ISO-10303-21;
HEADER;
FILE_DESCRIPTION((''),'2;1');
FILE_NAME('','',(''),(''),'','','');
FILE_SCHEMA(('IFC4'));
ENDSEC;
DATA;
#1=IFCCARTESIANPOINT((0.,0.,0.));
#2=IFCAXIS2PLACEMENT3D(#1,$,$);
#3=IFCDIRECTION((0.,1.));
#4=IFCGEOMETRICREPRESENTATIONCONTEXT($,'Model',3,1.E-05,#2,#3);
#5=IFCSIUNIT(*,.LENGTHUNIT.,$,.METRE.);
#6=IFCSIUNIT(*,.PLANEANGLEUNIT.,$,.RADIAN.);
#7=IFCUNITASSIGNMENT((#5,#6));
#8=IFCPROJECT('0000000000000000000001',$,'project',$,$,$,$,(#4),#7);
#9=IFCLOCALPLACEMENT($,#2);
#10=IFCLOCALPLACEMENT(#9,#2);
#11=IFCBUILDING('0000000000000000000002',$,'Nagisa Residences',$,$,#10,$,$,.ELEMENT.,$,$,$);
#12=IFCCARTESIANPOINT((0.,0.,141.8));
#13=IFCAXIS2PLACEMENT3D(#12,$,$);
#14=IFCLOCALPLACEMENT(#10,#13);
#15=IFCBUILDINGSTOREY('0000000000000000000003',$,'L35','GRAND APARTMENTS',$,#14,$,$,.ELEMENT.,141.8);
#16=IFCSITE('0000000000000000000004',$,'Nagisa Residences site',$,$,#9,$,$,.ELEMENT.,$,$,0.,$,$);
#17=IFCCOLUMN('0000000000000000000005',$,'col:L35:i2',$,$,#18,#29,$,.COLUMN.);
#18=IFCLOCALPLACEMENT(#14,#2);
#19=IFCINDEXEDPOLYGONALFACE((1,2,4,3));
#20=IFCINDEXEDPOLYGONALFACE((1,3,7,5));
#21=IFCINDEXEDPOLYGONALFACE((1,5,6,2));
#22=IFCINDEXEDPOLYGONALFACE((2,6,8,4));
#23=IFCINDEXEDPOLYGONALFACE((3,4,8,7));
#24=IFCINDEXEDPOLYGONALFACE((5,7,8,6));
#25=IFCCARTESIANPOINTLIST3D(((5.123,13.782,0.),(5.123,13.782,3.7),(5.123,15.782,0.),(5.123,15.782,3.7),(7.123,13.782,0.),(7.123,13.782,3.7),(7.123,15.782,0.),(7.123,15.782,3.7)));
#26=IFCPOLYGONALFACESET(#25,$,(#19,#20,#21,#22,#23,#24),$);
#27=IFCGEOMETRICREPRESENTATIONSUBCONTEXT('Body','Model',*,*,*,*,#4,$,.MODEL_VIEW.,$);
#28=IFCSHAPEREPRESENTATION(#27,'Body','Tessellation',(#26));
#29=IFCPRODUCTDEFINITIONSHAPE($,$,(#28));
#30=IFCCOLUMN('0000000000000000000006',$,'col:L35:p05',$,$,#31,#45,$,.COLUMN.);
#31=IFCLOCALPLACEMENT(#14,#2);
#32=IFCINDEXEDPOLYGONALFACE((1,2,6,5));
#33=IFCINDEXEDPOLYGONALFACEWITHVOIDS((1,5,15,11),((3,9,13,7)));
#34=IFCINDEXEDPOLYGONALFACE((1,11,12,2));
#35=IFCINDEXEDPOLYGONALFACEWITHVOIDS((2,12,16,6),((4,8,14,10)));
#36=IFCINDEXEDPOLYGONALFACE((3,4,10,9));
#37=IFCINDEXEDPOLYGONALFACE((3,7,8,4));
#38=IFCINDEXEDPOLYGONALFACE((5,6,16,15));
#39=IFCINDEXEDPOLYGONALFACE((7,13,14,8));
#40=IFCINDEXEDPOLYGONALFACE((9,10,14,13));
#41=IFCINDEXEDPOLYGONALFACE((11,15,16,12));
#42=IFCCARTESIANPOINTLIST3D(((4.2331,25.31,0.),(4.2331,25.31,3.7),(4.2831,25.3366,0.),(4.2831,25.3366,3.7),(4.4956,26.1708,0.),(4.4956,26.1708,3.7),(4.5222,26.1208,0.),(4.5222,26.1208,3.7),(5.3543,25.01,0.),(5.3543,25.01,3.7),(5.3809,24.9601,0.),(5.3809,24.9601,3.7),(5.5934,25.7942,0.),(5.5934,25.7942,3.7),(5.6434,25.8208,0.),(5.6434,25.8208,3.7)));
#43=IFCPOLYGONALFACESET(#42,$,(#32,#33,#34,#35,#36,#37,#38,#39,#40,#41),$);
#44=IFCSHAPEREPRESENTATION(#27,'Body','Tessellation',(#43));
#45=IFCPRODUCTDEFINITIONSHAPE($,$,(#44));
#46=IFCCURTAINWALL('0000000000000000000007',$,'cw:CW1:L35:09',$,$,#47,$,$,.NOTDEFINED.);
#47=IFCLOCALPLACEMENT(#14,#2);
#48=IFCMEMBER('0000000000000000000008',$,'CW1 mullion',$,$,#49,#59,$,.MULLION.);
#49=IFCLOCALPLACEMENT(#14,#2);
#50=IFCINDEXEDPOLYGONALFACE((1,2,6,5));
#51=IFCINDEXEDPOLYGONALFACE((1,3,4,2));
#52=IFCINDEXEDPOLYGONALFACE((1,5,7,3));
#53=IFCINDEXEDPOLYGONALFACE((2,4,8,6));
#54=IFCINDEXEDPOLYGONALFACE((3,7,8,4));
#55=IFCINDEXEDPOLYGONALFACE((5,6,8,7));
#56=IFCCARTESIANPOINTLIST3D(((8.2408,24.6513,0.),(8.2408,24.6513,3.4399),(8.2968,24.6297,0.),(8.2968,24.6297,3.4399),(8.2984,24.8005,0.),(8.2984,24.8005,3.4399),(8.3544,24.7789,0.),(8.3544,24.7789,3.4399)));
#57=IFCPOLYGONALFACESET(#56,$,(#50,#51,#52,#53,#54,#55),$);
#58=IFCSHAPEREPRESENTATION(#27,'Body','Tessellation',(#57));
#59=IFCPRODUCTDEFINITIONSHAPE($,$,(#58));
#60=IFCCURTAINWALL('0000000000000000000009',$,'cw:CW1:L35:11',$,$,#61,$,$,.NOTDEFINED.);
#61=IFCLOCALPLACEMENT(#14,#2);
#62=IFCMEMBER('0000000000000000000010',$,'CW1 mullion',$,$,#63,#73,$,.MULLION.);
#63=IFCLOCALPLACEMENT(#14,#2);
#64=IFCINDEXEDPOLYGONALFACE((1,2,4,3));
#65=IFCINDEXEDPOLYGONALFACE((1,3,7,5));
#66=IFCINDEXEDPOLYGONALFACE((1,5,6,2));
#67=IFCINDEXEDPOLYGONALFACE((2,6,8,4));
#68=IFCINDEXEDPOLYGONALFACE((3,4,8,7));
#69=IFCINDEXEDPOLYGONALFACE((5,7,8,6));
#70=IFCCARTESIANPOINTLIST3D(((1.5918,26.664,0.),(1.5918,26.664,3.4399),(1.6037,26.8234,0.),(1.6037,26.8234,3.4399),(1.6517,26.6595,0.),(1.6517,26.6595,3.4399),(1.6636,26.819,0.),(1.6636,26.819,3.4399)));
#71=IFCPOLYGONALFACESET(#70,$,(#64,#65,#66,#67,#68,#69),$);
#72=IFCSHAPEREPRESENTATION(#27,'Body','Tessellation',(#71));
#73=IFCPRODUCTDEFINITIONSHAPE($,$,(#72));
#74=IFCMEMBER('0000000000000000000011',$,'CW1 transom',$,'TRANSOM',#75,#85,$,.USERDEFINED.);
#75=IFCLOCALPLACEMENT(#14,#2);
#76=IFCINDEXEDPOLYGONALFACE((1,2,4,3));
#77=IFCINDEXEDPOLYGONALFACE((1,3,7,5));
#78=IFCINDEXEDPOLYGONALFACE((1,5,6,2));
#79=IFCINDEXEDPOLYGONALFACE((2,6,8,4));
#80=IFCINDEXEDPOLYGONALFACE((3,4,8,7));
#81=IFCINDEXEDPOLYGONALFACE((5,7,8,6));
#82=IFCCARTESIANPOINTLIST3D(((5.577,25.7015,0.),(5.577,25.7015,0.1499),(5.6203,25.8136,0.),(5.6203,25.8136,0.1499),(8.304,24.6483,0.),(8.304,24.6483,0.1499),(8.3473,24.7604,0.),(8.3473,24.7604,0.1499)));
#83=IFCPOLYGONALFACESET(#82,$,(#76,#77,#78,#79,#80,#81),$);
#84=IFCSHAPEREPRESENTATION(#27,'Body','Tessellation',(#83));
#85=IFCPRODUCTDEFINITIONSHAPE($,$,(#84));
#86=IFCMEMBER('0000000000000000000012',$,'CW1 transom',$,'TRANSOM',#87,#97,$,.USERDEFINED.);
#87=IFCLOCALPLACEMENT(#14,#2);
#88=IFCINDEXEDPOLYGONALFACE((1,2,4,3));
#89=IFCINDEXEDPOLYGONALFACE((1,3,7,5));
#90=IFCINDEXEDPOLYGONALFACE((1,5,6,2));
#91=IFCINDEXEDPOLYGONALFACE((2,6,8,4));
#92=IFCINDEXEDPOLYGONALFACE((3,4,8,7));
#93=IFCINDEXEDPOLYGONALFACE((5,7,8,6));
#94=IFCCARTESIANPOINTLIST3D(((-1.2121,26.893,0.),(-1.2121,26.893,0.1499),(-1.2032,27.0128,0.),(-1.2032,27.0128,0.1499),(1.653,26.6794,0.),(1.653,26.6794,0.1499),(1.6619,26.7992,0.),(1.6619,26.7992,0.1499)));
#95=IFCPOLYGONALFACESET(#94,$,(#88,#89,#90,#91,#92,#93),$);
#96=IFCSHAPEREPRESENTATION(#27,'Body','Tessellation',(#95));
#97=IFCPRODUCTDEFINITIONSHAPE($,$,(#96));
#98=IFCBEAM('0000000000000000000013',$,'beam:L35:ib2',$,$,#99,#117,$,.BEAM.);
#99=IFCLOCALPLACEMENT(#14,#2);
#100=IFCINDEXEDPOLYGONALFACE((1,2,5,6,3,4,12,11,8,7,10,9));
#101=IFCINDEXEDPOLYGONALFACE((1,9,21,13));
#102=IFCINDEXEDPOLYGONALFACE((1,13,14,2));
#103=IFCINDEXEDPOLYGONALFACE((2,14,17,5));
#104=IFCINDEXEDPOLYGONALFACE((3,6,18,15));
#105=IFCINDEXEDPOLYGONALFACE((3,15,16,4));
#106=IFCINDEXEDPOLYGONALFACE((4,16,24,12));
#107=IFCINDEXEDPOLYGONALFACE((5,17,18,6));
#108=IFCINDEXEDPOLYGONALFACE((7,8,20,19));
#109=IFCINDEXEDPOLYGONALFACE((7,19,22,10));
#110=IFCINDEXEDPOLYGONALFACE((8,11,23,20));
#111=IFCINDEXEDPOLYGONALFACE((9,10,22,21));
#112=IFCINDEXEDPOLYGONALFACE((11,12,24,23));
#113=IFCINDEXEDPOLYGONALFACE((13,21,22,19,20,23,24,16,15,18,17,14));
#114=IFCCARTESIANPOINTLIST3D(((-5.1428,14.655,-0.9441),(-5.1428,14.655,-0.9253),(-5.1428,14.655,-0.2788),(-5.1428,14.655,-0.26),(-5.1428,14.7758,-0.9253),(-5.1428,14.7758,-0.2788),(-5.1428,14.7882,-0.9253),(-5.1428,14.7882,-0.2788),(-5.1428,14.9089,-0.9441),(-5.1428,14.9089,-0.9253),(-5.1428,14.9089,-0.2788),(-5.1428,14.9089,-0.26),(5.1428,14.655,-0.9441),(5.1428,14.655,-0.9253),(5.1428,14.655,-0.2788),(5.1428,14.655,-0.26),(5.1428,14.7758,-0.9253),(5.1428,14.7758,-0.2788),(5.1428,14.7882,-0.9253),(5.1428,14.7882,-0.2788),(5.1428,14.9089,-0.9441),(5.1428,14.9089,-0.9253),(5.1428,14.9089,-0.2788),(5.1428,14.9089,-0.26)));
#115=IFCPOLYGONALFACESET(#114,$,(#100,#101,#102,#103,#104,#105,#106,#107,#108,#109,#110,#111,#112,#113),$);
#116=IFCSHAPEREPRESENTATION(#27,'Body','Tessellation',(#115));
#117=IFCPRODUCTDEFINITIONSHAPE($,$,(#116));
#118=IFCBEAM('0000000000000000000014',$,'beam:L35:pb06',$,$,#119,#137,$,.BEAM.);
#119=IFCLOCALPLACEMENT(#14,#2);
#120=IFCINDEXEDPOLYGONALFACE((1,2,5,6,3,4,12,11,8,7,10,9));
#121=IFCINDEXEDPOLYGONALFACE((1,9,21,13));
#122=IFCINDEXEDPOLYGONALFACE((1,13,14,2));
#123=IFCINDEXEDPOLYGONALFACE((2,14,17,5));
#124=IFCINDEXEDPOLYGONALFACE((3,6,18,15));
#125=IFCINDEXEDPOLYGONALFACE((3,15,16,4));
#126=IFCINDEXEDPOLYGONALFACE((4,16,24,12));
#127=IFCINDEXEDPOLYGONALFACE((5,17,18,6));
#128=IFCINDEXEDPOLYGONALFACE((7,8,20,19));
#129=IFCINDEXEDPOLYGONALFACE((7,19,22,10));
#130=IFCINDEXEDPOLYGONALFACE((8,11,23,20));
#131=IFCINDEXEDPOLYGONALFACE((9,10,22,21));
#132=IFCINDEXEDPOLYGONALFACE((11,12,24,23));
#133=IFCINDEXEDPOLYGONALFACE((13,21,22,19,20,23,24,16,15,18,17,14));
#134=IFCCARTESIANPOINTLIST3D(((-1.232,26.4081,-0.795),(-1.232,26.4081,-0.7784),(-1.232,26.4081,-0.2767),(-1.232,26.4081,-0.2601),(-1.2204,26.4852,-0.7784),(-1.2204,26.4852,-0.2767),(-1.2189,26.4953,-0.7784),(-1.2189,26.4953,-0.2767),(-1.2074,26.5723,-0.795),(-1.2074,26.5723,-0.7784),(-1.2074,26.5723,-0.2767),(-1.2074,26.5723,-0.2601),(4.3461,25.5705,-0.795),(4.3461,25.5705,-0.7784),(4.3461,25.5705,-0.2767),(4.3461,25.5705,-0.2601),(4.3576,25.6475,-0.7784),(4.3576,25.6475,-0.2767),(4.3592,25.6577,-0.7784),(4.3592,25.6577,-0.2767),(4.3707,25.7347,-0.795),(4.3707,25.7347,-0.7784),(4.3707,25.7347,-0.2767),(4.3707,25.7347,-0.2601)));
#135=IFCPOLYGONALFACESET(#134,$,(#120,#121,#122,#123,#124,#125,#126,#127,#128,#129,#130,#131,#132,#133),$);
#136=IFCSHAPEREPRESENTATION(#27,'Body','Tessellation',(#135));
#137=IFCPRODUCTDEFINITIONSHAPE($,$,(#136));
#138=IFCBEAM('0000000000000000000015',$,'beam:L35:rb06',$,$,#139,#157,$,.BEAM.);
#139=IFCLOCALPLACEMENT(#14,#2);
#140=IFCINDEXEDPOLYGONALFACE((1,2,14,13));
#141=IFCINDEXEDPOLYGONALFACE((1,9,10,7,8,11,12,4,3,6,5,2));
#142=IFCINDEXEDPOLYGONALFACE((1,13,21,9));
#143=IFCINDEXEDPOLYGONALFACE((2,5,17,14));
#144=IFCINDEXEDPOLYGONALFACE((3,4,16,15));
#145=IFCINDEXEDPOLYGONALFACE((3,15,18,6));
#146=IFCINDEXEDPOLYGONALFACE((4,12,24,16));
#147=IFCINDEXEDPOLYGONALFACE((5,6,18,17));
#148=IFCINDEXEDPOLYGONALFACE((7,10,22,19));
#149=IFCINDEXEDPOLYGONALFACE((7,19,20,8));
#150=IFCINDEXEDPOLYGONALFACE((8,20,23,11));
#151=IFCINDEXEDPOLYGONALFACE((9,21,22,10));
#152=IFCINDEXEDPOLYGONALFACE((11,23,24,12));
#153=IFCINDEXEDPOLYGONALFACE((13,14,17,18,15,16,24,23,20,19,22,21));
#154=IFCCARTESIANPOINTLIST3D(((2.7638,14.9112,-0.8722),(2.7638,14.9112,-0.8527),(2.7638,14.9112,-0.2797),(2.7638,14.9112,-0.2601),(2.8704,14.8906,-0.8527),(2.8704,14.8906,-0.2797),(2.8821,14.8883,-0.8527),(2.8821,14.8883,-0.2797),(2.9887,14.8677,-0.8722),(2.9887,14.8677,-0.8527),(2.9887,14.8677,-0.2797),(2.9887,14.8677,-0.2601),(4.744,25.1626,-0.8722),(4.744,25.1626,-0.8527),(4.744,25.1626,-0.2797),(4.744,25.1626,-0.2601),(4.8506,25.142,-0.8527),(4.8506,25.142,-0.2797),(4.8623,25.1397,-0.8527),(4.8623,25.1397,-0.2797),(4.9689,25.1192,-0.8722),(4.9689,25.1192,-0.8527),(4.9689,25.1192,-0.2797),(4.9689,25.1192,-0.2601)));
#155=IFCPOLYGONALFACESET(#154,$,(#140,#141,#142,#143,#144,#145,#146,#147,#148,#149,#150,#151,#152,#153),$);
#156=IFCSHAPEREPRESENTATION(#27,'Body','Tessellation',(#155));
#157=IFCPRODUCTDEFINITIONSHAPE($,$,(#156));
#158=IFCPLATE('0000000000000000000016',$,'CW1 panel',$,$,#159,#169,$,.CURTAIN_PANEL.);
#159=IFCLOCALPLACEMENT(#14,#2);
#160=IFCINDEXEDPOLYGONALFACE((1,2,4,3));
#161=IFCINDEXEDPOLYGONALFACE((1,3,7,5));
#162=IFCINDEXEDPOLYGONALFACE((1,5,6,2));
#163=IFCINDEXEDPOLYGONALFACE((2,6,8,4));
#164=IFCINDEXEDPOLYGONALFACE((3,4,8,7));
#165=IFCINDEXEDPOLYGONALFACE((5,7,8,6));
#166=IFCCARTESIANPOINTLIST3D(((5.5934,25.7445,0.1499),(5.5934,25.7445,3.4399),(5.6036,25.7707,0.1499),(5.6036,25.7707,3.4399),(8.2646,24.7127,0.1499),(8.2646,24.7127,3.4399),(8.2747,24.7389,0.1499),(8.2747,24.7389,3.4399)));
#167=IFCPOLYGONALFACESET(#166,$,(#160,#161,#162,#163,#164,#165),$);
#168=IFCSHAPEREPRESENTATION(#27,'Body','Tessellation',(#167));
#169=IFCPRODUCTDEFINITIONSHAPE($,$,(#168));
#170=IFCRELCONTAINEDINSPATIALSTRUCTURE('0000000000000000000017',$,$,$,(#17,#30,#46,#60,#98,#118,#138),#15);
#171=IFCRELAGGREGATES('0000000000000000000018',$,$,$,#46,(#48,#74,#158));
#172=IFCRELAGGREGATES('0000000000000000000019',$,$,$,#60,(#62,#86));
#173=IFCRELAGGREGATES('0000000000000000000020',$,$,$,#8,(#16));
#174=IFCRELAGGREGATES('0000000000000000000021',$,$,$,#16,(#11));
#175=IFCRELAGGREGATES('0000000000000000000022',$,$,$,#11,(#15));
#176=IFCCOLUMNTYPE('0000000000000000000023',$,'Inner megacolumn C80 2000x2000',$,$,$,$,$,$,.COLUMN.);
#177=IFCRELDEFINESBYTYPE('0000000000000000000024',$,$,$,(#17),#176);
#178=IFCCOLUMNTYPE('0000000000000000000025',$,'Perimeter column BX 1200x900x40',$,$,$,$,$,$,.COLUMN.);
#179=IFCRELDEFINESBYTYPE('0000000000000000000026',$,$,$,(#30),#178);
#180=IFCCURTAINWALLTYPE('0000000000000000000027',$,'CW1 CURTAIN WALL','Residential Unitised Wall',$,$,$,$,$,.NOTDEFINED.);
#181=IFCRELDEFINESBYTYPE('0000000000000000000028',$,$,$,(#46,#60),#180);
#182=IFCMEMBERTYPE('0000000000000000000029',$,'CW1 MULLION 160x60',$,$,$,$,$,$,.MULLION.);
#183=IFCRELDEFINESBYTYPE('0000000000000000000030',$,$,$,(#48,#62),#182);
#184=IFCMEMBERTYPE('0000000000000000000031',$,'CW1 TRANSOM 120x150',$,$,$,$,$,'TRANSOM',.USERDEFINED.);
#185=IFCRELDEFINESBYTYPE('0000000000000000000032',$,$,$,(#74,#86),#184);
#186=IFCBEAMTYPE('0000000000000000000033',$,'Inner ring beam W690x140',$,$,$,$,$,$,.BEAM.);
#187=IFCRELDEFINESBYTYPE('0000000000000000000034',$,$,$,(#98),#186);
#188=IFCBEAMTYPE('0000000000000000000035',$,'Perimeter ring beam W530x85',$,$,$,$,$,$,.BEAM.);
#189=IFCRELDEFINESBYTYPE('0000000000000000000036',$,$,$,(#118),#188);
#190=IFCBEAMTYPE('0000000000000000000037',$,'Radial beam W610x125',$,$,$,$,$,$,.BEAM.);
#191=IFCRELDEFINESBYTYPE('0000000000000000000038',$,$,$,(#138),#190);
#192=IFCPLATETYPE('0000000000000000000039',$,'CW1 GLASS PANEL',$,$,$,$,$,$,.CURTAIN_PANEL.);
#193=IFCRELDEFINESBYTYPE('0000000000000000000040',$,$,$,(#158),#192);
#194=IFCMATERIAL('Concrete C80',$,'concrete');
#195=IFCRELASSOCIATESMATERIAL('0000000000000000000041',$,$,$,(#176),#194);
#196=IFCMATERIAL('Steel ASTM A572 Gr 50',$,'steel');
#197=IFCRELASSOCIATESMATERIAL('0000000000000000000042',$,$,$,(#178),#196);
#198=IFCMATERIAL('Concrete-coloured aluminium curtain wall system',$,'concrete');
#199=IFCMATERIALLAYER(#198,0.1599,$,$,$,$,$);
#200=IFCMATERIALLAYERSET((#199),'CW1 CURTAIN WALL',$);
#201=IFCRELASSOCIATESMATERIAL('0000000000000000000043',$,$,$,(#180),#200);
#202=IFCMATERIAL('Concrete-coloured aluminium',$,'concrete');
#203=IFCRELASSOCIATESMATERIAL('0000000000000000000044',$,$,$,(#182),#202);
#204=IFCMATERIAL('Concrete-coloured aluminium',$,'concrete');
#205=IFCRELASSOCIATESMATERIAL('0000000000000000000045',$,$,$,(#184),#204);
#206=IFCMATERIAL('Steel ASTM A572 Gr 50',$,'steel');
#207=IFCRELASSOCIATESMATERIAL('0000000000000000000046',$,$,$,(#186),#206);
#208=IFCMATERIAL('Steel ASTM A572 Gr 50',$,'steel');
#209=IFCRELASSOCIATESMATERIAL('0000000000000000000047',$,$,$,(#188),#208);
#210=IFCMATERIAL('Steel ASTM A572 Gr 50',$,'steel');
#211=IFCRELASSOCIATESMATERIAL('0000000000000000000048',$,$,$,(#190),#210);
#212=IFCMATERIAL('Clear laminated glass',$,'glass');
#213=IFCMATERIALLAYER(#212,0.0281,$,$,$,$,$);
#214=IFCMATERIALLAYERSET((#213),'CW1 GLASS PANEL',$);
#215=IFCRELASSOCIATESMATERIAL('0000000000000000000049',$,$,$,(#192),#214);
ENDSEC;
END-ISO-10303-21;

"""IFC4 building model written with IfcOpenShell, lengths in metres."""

from ifc_helpers import new_model, si_unit, direction, frame, origin, origin_2d, place, context, subcontext, project, spatial, rectangle, hollow_rectangle, i_section, extrude, material, layer, layer_set, material_profile, profile_set, type_object, element, aggregate, save


model = new_model("IFC4")

# Units and contexts
model_context = context("Model", 3, precision=1e-05, world=origin(), true_north=direction((0.0, 1.0)))
body_context = subcontext(model_context, "Body", "Model", "MODEL_VIEW")
ifc_project = project(units=[si_unit("LENGTHUNIT", "METRE"), si_unit("PLANEANGLEUNIT", "RADIAN")], contexts=[model_context])

# Site, building, storey
site_placement = place(None, origin())
site = spatial("IfcSite", under=ifc_project, at=site_placement, Name="Nagisa Residences site", CompositionType="ELEMENT", RefElevation=0.0)
building_placement = place(site_placement, origin())
building = spatial("IfcBuilding", under=site, at=building_placement, Name="Nagisa Residences", CompositionType="ELEMENT")
storey_placement = place(building_placement, frame((0.0, 0.0, 141.8)))
storey = spatial("IfcBuildingStorey", under=building, at=storey_placement, Name="L35", Description="GRAND APARTMENTS", CompositionType="ELEMENT", Elevation=141.8)

# Columns
ifc_material_1 = material(Name="Concrete C80", Category="concrete")
ifc_material_profile_1 = material_profile(ifc_material_1, rectangle(XDim=2.0, YDim=2.0, at=origin_2d()), Name="C80 2000x2000")
ifc_profile_set_1 = profile_set([ifc_material_profile_1], Name="Concrete C80")
column_type_1 = type_object("IfcColumnType", Name="Inner megacolumn C80 2000x2000", PredefinedType="COLUMN", material=ifc_profile_set_1)
column_1_placement = place(storey_placement, frame((6.123, 14.782, 0.0), z_axis=(0.0, 0.0, 1.0), x_axis=(1.0, 0.0, 0.0)))
element("IfcColumn", 1, at=column_1_placement, inside=storey, type_object=column_type_1, Name="col:L35:i2", PredefinedType="COLUMN", context=body_context, shape_type="SweptSolid", body=[
    extrude(rectangle(XDim=2.0, YDim=2.0, at=origin_2d()), origin(), (0.0, 0.0, 1.0), 3.7),
])
ifc_material_2 = material(Name="Steel ASTM A572 Gr 50", Category="steel")
ifc_material_profile_2 = material_profile(ifc_material_2, hollow_rectangle(XDim=1.2, YDim=0.8999, WallThickness=0.04, at=origin_2d()), Name="BX 1200x900x40")
ifc_profile_set_2 = profile_set([ifc_material_profile_2], Name="Steel ASTM A572 Gr 50")
column_type_2 = type_object("IfcColumnType", Name="Perimeter column BX 1200x900x40", PredefinedType="COLUMN", material=ifc_profile_set_2)
column_2_placement = place(storey_placement, frame((4.9382, 25.5654, 0.0), z_axis=(0.0, 0.0, 1.0), x_axis=(-0.956525, 0.291652, 0.0)))
element("IfcColumn", 2, at=column_2_placement, inside=storey, type_object=column_type_2, Name="col:L35:p05", PredefinedType="COLUMN", context=body_context, shape_type="SweptSolid", body=[
    extrude(hollow_rectangle(XDim=1.2, YDim=0.8999, WallThickness=0.04, at=origin_2d()), origin(), (0.0, 0.0, 1.0), 3.7),
])

# Curtain walls, members
ifc_material_3 = material(Name="Concrete-coloured aluminium curtain wall system", Category="concrete")
ifc_layer_1 = layer(ifc_material_3, 0.1599)
ifc_layer_set_1 = layer_set([ifc_layer_1], Name="CW1 CURTAIN WALL")
curtain_wall_type = type_object("IfcCurtainWallType", Name="CW1 CURTAIN WALL", Description="Residential Unitised Wall", PredefinedType="NOTDEFINED", material=ifc_layer_set_1)
curtain_wall_1_placement = place(storey_placement, origin())
curtain_wall_1 = element("IfcCurtainWall", 3, at=curtain_wall_1_placement, inside=storey, type_object=curtain_wall_type, Name="cw:CW1:L35:09", PredefinedType="NOTDEFINED")
ifc_material_4 = material(Name="Concrete-coloured aluminium", Category="concrete")
ifc_material_profile_3 = material_profile(ifc_material_4, rectangle(XDim=0.1599, YDim=0.0601, at=origin_2d()), Name="CW1 MULLION 160x60")
ifc_profile_set_3 = profile_set([ifc_material_profile_3], Name="Concrete-coloured aluminium")
member_type_1 = type_object("IfcMemberType", Name="CW1 MULLION 160x60", PredefinedType="MULLION", material=ifc_profile_set_3)
member_1_placement = place(storey_placement, frame((8.2976, 24.7151, 0.0), z_axis=(0.0, 0.0, 1.0), x_axis=(-0.360328, -0.932826, 0.0)))
member_1 = element("IfcMember", 4, at=member_1_placement, type_object=member_type_1, Name="CW1 mullion", PredefinedType="MULLION", context=body_context, shape_type="SweptSolid", body=[
    extrude(rectangle(XDim=0.1599, YDim=0.0601, at=origin_2d()), origin(), (0.0, 0.0, 1.0), 3.4399),
])
curtain_wall_2_placement = place(storey_placement, origin())
curtain_wall_2 = element("IfcCurtainWall", 5, at=curtain_wall_2_placement, inside=storey, type_object=curtain_wall_type, Name="cw:CW1:L35:11", PredefinedType="NOTDEFINED")
member_2_placement = place(storey_placement, frame((1.6277, 26.7415, 0.0), z_axis=(0.0, 0.0, 1.0), x_axis=(-0.074377, -0.99723, 0.0)))
member_2 = element("IfcMember", 6, at=member_2_placement, type_object=member_type_1, Name="CW1 mullion", PredefinedType="MULLION", context=body_context, shape_type="SweptSolid", body=[
    extrude(rectangle(XDim=0.1599, YDim=0.0601, at=origin_2d()), origin(), (0.0, 0.0, 1.0), 3.4399),
])

# Members
ifc_material_5 = material(Name="Concrete-coloured aluminium", Category="concrete")
ifc_material_profile_4 = material_profile(ifc_material_5, rectangle(XDim=0.1201, YDim=0.1499, at=origin_2d()), Name="CW1 TRANSOM 120x150")
ifc_profile_set_4 = profile_set([ifc_material_profile_4], Name="Concrete-coloured aluminium")
member_type_2 = type_object("IfcMemberType", Name="CW1 TRANSOM 120x150", ElementType="TRANSOM", PredefinedType="USERDEFINED", material=ifc_profile_set_4)
member_3_placement = place(storey_placement, frame((8.3257, 24.7043, 0.075), z_axis=(-0.932845, 0.360277, 0.0), x_axis=(-0.360277, -0.932845, 0.0)))
member_3 = element("IfcMember", 7, at=member_3_placement, type_object=member_type_2, Name="CW1 transom", ObjectType="TRANSOM", PredefinedType="USERDEFINED", context=body_context, shape_type="SweptSolid", body=[
    extrude(rectangle(XDim=0.1201, YDim=0.1499, at=origin_2d()), origin(), (0.0, 0.0, 1.0), 2.9233),
])
member_4_placement = place(storey_placement, frame((1.6575, 26.7393, 0.075), z_axis=(-0.997232, 0.074357, 0.0), x_axis=(-0.074357, -0.997232, 0.0)))
member_4 = element("IfcMember", 8, at=member_4_placement, type_object=member_type_2, Name="CW1 transom", ObjectType="TRANSOM", PredefinedType="USERDEFINED", context=body_context, shape_type="SweptSolid", body=[
    extrude(rectangle(XDim=0.1201, YDim=0.1499, at=origin_2d()), origin(), (0.0, 0.0, 1.0), 2.873),
])

# Beams
ifc_material_6 = material(Name="Steel ASTM A572 Gr 50", Category="steel")
ifc_material_profile_5 = material_profile(ifc_material_6, i_section(OverallWidth=0.2539, OverallDepth=0.6841, WebThickness=0.0125, FlangeThickness=0.0188, at=origin_2d()), Name="W690x140")
ifc_profile_set_5 = profile_set([ifc_material_profile_5], Name="Steel ASTM A572 Gr 50")
beam_type_1 = type_object("IfcBeamType", Name="Inner ring beam W690x140", PredefinedType="BEAM", material=ifc_profile_set_5)
beam_1_placement = place(storey_placement, frame((5.1428, 14.782, -0.6021), z_axis=(-1.0, 0.0, 0.0), x_axis=(0.0, -1.0, 0.0)))
element("IfcBeam", 9, at=beam_1_placement, inside=storey, type_object=beam_type_1, Name="beam:L35:ib2", PredefinedType="BEAM", context=body_context, shape_type="SweptSolid", body=[
    extrude(i_section(OverallWidth=0.2539, OverallDepth=0.6841, WebThickness=0.0125, FlangeThickness=0.0188, at=origin_2d()), origin(), (0.0, 0.0, 1.0), 10.2856),
])
ifc_material_7 = material(Name="Steel ASTM A572 Gr 50", Category="steel")
ifc_material_profile_6 = material_profile(ifc_material_7, i_section(OverallWidth=0.166, OverallDepth=0.5349, WebThickness=0.0103, FlangeThickness=0.0166, at=origin_2d()), Name="W530x85")
ifc_profile_set_6 = profile_set([ifc_material_profile_6], Name="Steel ASTM A572 Gr 50")
beam_type_2 = type_object("IfcBeamType", Name="Perimeter ring beam W530x85", PredefinedType="BEAM", material=ifc_profile_set_6)
beam_2_placement = place(storey_placement, frame((4.3584, 25.6526, -0.5276), z_axis=(-0.988912, 0.148501, 0.0), x_axis=(-0.148501, -0.988912, 0.0)))
element("IfcBeam", 10, at=beam_2_placement, inside=storey, type_object=beam_type_2, Name="beam:L35:pb06", PredefinedType="BEAM", context=body_context, shape_type="SweptSolid", body=[
    extrude(i_section(OverallWidth=0.166, OverallDepth=0.5349, WebThickness=0.0103, FlangeThickness=0.0166, at=origin_2d()), origin(), (0.0, 0.0, 1.0), 5.6406),
])
ifc_material_8 = material(Name="Steel ASTM A572 Gr 50", Category="steel")
ifc_material_profile_7 = material_profile(ifc_material_8, i_section(OverallWidth=0.229, OverallDepth=0.6121, WebThickness=0.012, FlangeThickness=0.0195, at=origin_2d()), Name="W610x125")
ifc_profile_set_7 = profile_set([ifc_material_profile_7], Name="Steel ASTM A572 Gr 50")
beam_type_3 = type_object("IfcBeamType", Name="Radial beam W610x125", PredefinedType="BEAM", material=ifc_profile_set_7)
beam_3_placement = place(storey_placement, frame((4.8564, 25.1409, -0.5662), z_axis=(-0.189659, -0.98185, 0.0), x_axis=(0.98185, -0.189659, 0.0)))
element("IfcBeam", 11, at=beam_3_placement, inside=storey, type_object=beam_type_3, Name="beam:L35:rb06", PredefinedType="BEAM", context=body_context, shape_type="SweptSolid", body=[
    extrude(i_section(OverallWidth=0.229, OverallDepth=0.6121, WebThickness=0.012, FlangeThickness=0.0195, at=origin_2d()), origin(), (0.0, 0.0, 1.0), 10.4409),
])

# Plate
ifc_material_9 = material(Name="Clear laminated glass", Category="glass")
ifc_layer_2 = layer(ifc_material_9, 0.0281)
ifc_layer_set_2 = layer_set([ifc_layer_2], Name="CW1 GLASS PANEL")
plate_type = type_object("IfcPlateType", Name="CW1 GLASS PANEL", PredefinedType="CURTAIN_PANEL", material=ifc_layer_set_2)
plate_1_placement = place(storey_placement, frame((6.9341, 25.2417, 0.1499), z_axis=(0.0, 0.0, 1.0), x_axis=(-0.932826, 0.360328, 0.0)))
plate_1 = element("IfcPlate", 12, at=plate_1_placement, type_object=plate_type, Name="CW1 panel", PredefinedType="CURTAIN_PANEL", context=body_context, shape_type="SweptSolid", body=[
    extrude(rectangle(XDim=2.8635, YDim=0.0281, at=origin_2d()), origin(), (0.0, 0.0, 1.0), 3.29),
])
aggregate(curtain_wall_1, [member_1, member_3, plate_1])
aggregate(curtain_wall_2, [member_2, member_4])

save(model, "model.ifc")
